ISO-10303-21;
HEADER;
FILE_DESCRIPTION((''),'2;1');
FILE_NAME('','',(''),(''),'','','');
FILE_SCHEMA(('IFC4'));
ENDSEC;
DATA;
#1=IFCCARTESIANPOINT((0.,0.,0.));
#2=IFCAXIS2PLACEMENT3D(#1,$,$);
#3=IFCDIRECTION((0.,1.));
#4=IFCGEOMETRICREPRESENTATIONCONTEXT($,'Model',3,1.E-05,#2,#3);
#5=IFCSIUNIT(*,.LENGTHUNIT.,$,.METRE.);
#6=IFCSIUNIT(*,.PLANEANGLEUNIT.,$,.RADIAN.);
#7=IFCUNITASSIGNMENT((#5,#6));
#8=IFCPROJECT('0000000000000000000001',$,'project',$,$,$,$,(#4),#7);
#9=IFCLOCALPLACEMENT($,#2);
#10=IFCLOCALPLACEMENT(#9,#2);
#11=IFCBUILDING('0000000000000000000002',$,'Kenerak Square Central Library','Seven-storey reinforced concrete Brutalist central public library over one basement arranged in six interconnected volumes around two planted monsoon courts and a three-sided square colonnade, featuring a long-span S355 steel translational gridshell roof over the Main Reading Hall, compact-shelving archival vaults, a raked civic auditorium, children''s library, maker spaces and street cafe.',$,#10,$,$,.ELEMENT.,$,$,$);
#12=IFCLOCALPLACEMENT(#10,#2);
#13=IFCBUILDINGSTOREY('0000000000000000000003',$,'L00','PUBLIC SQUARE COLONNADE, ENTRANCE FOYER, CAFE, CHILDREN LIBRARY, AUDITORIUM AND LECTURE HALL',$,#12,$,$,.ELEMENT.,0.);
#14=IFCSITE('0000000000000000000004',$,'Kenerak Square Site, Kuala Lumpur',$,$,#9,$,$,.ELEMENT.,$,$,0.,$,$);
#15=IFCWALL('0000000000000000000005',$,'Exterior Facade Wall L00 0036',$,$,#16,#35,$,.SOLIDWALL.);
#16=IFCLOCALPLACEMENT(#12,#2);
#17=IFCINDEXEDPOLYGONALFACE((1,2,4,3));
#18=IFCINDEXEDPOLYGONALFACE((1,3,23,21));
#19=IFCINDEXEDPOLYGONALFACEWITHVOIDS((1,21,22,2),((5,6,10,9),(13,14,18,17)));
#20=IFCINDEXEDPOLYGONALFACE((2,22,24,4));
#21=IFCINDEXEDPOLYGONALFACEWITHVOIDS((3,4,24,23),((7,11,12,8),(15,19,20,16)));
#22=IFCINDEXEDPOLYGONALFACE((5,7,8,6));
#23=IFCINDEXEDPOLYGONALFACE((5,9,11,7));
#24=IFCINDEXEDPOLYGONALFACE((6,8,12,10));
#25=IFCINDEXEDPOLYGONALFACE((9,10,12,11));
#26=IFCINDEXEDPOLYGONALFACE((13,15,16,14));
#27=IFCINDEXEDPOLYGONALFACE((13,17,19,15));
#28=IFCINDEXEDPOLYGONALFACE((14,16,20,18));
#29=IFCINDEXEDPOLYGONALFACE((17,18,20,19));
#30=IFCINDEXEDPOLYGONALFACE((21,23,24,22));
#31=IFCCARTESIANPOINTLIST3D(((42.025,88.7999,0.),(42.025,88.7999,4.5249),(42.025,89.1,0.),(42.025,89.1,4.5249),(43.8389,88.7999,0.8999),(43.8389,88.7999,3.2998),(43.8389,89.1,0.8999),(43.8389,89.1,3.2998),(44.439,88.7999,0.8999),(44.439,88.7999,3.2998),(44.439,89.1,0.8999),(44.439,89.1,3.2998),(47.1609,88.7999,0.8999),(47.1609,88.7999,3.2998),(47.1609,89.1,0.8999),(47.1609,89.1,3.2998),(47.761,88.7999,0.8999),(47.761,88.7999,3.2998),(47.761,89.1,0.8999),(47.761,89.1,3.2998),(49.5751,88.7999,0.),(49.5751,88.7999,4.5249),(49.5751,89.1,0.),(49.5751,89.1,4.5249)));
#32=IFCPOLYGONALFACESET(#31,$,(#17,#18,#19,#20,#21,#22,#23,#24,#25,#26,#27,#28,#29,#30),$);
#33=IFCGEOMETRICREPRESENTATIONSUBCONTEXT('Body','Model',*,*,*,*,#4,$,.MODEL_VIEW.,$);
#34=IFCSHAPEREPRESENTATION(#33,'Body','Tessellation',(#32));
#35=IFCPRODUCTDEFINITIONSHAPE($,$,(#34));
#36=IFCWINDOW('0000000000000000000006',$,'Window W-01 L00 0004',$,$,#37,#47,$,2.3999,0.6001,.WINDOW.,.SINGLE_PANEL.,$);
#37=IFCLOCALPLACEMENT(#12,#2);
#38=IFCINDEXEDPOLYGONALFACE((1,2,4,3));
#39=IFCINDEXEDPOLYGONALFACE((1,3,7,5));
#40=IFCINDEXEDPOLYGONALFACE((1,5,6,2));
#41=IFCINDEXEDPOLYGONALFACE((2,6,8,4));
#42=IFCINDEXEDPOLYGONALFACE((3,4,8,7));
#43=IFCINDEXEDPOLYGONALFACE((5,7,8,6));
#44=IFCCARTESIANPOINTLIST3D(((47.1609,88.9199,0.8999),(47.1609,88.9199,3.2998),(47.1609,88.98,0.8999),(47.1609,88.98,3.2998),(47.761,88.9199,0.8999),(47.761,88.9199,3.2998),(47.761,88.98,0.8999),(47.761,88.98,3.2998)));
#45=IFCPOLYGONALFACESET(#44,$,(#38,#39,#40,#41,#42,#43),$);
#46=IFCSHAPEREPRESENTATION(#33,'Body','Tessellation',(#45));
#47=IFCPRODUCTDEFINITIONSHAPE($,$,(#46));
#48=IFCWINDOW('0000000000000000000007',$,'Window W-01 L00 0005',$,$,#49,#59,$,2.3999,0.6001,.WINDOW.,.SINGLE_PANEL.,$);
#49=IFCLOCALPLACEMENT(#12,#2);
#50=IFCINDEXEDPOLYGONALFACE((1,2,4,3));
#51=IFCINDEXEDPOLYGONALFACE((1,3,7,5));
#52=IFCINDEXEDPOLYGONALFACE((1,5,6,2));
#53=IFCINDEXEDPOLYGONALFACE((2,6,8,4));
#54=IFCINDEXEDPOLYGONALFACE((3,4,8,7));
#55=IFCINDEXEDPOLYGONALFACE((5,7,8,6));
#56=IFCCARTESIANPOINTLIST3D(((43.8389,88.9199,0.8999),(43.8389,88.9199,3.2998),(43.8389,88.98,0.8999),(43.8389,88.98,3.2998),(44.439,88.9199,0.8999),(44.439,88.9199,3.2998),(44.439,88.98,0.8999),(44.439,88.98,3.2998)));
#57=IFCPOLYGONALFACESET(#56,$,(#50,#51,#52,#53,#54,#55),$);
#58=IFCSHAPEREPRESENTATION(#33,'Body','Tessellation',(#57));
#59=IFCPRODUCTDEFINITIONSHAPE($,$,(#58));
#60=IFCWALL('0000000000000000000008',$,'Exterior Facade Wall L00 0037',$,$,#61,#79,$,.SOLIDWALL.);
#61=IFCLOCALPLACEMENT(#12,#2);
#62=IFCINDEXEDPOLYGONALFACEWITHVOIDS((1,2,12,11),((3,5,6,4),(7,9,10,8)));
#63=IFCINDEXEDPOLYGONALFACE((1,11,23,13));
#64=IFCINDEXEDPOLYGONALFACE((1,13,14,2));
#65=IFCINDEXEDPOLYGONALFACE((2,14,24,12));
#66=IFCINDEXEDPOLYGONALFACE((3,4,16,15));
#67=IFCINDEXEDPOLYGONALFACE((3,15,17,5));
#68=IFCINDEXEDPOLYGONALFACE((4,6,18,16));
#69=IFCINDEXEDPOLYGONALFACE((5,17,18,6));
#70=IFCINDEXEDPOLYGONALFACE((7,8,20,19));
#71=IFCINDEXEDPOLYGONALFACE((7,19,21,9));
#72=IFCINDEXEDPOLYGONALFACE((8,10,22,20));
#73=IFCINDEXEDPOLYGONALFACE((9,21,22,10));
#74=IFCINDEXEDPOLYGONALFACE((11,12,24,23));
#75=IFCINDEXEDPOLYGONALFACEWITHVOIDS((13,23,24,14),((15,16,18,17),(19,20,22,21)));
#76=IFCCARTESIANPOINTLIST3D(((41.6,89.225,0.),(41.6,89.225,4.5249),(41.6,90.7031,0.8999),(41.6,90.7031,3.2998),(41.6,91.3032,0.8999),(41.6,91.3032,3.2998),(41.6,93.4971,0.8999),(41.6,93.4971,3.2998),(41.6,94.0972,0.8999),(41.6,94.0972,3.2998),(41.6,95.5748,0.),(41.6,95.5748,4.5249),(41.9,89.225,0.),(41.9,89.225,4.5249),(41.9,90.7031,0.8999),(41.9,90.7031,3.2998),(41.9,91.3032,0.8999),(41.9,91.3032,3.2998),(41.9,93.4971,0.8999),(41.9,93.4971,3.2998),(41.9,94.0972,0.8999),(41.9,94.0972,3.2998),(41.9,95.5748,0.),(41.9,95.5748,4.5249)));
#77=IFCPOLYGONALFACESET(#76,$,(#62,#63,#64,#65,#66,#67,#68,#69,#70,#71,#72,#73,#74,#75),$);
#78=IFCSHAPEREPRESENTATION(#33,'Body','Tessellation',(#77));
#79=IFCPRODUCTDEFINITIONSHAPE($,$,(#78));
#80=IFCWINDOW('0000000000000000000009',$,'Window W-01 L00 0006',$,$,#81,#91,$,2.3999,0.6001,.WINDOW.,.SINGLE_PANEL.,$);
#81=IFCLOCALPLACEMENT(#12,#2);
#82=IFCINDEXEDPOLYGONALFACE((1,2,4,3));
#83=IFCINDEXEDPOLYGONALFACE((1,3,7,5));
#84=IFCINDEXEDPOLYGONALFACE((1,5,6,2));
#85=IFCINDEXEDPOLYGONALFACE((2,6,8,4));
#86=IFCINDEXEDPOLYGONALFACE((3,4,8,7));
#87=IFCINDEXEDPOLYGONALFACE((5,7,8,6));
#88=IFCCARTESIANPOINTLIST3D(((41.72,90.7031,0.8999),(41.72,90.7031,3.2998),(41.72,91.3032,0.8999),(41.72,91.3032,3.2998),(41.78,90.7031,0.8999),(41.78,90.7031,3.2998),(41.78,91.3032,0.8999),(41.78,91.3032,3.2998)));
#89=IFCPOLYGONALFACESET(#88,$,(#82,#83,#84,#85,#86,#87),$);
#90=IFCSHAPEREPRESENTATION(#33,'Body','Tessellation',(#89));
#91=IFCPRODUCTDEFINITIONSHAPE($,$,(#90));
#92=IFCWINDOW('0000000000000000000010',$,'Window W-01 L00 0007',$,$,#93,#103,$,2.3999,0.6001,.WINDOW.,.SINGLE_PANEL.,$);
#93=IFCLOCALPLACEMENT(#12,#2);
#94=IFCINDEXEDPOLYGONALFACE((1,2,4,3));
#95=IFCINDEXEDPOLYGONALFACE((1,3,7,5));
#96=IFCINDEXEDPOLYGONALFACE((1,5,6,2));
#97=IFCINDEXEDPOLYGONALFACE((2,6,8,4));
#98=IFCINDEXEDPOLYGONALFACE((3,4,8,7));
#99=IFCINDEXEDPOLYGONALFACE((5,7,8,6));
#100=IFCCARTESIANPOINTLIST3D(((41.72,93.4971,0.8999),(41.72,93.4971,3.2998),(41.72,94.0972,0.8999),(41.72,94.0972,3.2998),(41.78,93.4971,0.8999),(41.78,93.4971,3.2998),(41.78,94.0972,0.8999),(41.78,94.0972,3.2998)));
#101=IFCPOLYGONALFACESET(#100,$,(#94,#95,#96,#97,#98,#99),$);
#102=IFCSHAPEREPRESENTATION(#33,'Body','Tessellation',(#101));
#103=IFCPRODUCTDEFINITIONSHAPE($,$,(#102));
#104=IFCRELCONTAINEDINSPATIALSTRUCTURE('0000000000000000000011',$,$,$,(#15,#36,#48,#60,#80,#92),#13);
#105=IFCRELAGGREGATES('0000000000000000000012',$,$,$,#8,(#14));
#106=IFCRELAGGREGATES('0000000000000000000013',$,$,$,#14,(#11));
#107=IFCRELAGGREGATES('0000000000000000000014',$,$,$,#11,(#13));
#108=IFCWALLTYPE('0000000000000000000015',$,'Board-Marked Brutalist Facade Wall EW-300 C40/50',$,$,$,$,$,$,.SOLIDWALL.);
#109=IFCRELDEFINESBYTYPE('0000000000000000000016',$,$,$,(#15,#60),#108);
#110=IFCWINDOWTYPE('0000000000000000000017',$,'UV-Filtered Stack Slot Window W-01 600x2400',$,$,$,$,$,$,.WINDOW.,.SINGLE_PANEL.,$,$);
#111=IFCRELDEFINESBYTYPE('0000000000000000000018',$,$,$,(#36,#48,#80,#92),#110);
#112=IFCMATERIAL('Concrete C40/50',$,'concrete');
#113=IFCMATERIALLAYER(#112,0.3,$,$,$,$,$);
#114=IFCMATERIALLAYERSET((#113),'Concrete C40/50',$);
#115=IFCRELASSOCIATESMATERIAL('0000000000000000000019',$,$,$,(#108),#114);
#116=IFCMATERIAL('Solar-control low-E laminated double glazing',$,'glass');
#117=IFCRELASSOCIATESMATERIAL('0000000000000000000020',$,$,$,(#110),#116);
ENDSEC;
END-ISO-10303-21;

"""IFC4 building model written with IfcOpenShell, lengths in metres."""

from ifc_helpers import new_model, si_unit, direction, frame, frame_2d, origin, place, context, subcontext, project, spatial, rectangle, extrude, material, layer, layer_set, type_object, element, fill, save


model = new_model("IFC4")

# Units and contexts
model_context = context("Model", 3, precision=1e-05, world=origin(), true_north=direction((0.0, 1.0)))
body_context = subcontext(model_context, "Body", "Model", "MODEL_VIEW")
ifc_project = project(units=[si_unit("LENGTHUNIT", "METRE"), si_unit("PLANEANGLEUNIT", "RADIAN")], contexts=[model_context])

# Site, building, storey
site_placement = place(None, origin())
site = spatial("IfcSite", under=ifc_project, at=site_placement, Name="Kenerak Square Site, Kuala Lumpur", CompositionType="ELEMENT", RefElevation=0.0)
building_placement = place(site_placement, origin())
building = spatial("IfcBuilding", under=site, at=building_placement, Name="Kenerak Square Central Library", Description="Seven-storey reinforced concrete Brutalist central public library over one basement arranged in six interconnected volumes around two planted monsoon courts and a three-sided square colonnade, featuring a long-span S355 steel translational gridshell roof over the Main Reading Hall, compact-shelving archival vaults, a raked civic auditorium, children's library, maker spaces and street cafe.", CompositionType="ELEMENT")
storey_placement = place(building_placement, origin())
storey = spatial("IfcBuildingStorey", under=building, at=storey_placement, Name="L00", Description="PUBLIC SQUARE COLONNADE, ENTRANCE FOYER, CAFE, CHILDREN LIBRARY, AUDITORIUM AND LECTURE HALL", CompositionType="ELEMENT", Elevation=0.0)

# Shared definitions
ifc_material_1 = material(Name="Concrete C40/50", Category="concrete")

# Walls, openings, windows
ifc_layer_1 = layer(ifc_material_1, 0.3)
ifc_layer_set_1 = layer_set([ifc_layer_1], Name="Concrete C40/50")
wall_type_1 = type_object("IfcWallType", Name="Board-Marked Brutalist Facade Wall EW-300 C40/50", PredefinedType="SOLIDWALL", material=ifc_layer_set_1)
wall_1_placement = place(storey_placement, frame((49.575, 88.95, 0.0), z_axis=(0.0, 0.0, 1.0), x_axis=(-1.0, 0.0, 0.0)))
wall_1 = element("IfcWall", 1, at=wall_1_placement, inside=storey, type_object=wall_type_1, Name="Exterior Facade Wall L00 0036", PredefinedType="SOLIDWALL", context=body_context, shape_type="SweptSolid", body=[
    extrude(rectangle(XDim=7.55, YDim=0.3, at=frame_2d((3.7749, 0.0))), origin(), (0.0, 0.0, 1.0), 4.5249),
])
opening_1_placement = place(wall_1_placement, frame((1.814, 0.0, 0.8999)))
opening_1 = element("IfcOpeningElement", 2, at=opening_1_placement, cuts=wall_1, PredefinedType="OPENING", context=body_context, shape_type="SweptSolid", body=[
    extrude(rectangle(XDim=0.6001, YDim=2.3999, at=frame_2d((0.3, 1.2))), frame((0.0, 0.1599, 0.0), z_axis=(0.0, -1.0, 0.0), x_axis=(1.0, 0.0, 0.0)), (0.0, 0.0, 1.0), 0.3201),
])
opening_2_placement = place(wall_1_placement, frame((5.136, 0.0, 0.8999)))
opening_2 = element("IfcOpeningElement", 3, at=opening_2_placement, cuts=wall_1, PredefinedType="OPENING", context=body_context, shape_type="SweptSolid", body=[
    extrude(rectangle(XDim=0.6001, YDim=2.3999, at=frame_2d((0.3, 1.2))), frame((0.0, 0.1599, 0.0), z_axis=(0.0, -1.0, 0.0), x_axis=(1.0, 0.0, 0.0)), (0.0, 0.0, 1.0), 0.3201),
])
ifc_material_2 = material(Name="Solar-control low-E laminated double glazing", Category="glass")
window_type = type_object("IfcWindowType", Name="UV-Filtered Stack Slot Window W-01 600x2400", PartitioningType="SINGLE_PANEL", PredefinedType="WINDOW", material=ifc_material_2)
window_1_placement = place(opening_1_placement, origin())
window_1 = element("IfcWindow", 4, at=window_1_placement, inside=storey, type_object=window_type, Name="Window W-01 L00 0004", OverallHeight=2.3999, OverallWidth=0.6001, PartitioningType="SINGLE_PANEL", PredefinedType="WINDOW", context=body_context, shape_type="SweptSolid", body=[
    extrude(rectangle(XDim=0.6001, YDim=2.3999, at=frame_2d((0.3, 1.2))), frame((0.0, 0.03, 0.0), z_axis=(0.0, -1.0, 0.0), x_axis=(1.0, 0.0, 0.0)), (0.0, 0.0, 1.0), 0.0601),
])
fill(opening_1, window_1)
window_2_placement = place(opening_2_placement, origin())
window_2 = element("IfcWindow", 5, at=window_2_placement, inside=storey, type_object=window_type, Name="Window W-01 L00 0005", OverallHeight=2.3999, OverallWidth=0.6001, PartitioningType="SINGLE_PANEL", PredefinedType="WINDOW", context=body_context, shape_type="SweptSolid", body=[
    extrude(rectangle(XDim=0.6001, YDim=2.3999, at=frame_2d((0.3, 1.2))), frame((0.0, 0.03, 0.0), z_axis=(0.0, -1.0, 0.0), x_axis=(1.0, 0.0, 0.0)), (0.0, 0.0, 1.0), 0.0601),
])
fill(opening_2, window_2)
wall_2_placement = place(storey_placement, frame((41.75, 89.2251, 0.0), z_axis=(0.0, 0.0, 1.0), x_axis=(0.0, 1.0, 0.0)))
wall_2 = element("IfcWall", 6, at=wall_2_placement, inside=storey, type_object=wall_type_1, Name="Exterior Facade Wall L00 0037", PredefinedType="SOLIDWALL", context=body_context, shape_type="SweptSolid", body=[
    extrude(rectangle(XDim=6.3499, YDim=0.3, at=frame_2d((3.1748, 0.0))), origin(), (0.0, 0.0, 1.0), 4.5249),
])
opening_3_placement = place(wall_2_placement, frame((1.478, 0.0, 0.8999)))
opening_3 = element("IfcOpeningElement", 7, at=opening_3_placement, cuts=wall_2, PredefinedType="OPENING", context=body_context, shape_type="SweptSolid", body=[
    extrude(rectangle(XDim=0.6001, YDim=2.3999, at=frame_2d((0.3, 1.2))), frame((0.0, 0.1599, 0.0), z_axis=(0.0, -1.0, 0.0), x_axis=(1.0, 0.0, 0.0)), (0.0, 0.0, 1.0), 0.3201),
])
opening_4_placement = place(wall_2_placement, frame((4.272, 0.0, 0.8999)))
opening_4 = element("IfcOpeningElement", 8, at=opening_4_placement, cuts=wall_2, PredefinedType="OPENING", context=body_context, shape_type="SweptSolid", body=[
    extrude(rectangle(XDim=0.6001, YDim=2.3999, at=frame_2d((0.3, 1.2))), frame((0.0, 0.1599, 0.0), z_axis=(0.0, -1.0, 0.0), x_axis=(1.0, 0.0, 0.0)), (0.0, 0.0, 1.0), 0.3201),
])
window_3_placement = place(opening_3_placement, origin())
window_3 = element("IfcWindow", 9, at=window_3_placement, inside=storey, type_object=window_type, Name="Window W-01 L00 0006", OverallHeight=2.3999, OverallWidth=0.6001, PartitioningType="SINGLE_PANEL", PredefinedType="WINDOW", context=body_context, shape_type="SweptSolid", body=[
    extrude(rectangle(XDim=0.6001, YDim=2.3999, at=frame_2d((0.3, 1.2))), frame((0.0, 0.03, 0.0), z_axis=(0.0, -1.0, 0.0), x_axis=(1.0, 0.0, 0.0)), (0.0, 0.0, 1.0), 0.0601),
])
fill(opening_3, window_3)
window_4_placement = place(opening_4_placement, origin())
window_4 = element("IfcWindow", 10, at=window_4_placement, inside=storey, type_object=window_type, Name="Window W-01 L00 0007", OverallHeight=2.3999, OverallWidth=0.6001, PartitioningType="SINGLE_PANEL", PredefinedType="WINDOW", context=body_context, shape_type="SweptSolid", body=[
    extrude(rectangle(XDim=0.6001, YDim=2.3999, at=frame_2d((0.3, 1.2))), frame((0.0, 0.03, 0.0), z_axis=(0.0, -1.0, 0.0), x_axis=(1.0, 0.0, 0.0)), (0.0, 0.0, 1.0), 0.0601),
])
fill(opening_4, window_4)

save(model, "model.ifc")
